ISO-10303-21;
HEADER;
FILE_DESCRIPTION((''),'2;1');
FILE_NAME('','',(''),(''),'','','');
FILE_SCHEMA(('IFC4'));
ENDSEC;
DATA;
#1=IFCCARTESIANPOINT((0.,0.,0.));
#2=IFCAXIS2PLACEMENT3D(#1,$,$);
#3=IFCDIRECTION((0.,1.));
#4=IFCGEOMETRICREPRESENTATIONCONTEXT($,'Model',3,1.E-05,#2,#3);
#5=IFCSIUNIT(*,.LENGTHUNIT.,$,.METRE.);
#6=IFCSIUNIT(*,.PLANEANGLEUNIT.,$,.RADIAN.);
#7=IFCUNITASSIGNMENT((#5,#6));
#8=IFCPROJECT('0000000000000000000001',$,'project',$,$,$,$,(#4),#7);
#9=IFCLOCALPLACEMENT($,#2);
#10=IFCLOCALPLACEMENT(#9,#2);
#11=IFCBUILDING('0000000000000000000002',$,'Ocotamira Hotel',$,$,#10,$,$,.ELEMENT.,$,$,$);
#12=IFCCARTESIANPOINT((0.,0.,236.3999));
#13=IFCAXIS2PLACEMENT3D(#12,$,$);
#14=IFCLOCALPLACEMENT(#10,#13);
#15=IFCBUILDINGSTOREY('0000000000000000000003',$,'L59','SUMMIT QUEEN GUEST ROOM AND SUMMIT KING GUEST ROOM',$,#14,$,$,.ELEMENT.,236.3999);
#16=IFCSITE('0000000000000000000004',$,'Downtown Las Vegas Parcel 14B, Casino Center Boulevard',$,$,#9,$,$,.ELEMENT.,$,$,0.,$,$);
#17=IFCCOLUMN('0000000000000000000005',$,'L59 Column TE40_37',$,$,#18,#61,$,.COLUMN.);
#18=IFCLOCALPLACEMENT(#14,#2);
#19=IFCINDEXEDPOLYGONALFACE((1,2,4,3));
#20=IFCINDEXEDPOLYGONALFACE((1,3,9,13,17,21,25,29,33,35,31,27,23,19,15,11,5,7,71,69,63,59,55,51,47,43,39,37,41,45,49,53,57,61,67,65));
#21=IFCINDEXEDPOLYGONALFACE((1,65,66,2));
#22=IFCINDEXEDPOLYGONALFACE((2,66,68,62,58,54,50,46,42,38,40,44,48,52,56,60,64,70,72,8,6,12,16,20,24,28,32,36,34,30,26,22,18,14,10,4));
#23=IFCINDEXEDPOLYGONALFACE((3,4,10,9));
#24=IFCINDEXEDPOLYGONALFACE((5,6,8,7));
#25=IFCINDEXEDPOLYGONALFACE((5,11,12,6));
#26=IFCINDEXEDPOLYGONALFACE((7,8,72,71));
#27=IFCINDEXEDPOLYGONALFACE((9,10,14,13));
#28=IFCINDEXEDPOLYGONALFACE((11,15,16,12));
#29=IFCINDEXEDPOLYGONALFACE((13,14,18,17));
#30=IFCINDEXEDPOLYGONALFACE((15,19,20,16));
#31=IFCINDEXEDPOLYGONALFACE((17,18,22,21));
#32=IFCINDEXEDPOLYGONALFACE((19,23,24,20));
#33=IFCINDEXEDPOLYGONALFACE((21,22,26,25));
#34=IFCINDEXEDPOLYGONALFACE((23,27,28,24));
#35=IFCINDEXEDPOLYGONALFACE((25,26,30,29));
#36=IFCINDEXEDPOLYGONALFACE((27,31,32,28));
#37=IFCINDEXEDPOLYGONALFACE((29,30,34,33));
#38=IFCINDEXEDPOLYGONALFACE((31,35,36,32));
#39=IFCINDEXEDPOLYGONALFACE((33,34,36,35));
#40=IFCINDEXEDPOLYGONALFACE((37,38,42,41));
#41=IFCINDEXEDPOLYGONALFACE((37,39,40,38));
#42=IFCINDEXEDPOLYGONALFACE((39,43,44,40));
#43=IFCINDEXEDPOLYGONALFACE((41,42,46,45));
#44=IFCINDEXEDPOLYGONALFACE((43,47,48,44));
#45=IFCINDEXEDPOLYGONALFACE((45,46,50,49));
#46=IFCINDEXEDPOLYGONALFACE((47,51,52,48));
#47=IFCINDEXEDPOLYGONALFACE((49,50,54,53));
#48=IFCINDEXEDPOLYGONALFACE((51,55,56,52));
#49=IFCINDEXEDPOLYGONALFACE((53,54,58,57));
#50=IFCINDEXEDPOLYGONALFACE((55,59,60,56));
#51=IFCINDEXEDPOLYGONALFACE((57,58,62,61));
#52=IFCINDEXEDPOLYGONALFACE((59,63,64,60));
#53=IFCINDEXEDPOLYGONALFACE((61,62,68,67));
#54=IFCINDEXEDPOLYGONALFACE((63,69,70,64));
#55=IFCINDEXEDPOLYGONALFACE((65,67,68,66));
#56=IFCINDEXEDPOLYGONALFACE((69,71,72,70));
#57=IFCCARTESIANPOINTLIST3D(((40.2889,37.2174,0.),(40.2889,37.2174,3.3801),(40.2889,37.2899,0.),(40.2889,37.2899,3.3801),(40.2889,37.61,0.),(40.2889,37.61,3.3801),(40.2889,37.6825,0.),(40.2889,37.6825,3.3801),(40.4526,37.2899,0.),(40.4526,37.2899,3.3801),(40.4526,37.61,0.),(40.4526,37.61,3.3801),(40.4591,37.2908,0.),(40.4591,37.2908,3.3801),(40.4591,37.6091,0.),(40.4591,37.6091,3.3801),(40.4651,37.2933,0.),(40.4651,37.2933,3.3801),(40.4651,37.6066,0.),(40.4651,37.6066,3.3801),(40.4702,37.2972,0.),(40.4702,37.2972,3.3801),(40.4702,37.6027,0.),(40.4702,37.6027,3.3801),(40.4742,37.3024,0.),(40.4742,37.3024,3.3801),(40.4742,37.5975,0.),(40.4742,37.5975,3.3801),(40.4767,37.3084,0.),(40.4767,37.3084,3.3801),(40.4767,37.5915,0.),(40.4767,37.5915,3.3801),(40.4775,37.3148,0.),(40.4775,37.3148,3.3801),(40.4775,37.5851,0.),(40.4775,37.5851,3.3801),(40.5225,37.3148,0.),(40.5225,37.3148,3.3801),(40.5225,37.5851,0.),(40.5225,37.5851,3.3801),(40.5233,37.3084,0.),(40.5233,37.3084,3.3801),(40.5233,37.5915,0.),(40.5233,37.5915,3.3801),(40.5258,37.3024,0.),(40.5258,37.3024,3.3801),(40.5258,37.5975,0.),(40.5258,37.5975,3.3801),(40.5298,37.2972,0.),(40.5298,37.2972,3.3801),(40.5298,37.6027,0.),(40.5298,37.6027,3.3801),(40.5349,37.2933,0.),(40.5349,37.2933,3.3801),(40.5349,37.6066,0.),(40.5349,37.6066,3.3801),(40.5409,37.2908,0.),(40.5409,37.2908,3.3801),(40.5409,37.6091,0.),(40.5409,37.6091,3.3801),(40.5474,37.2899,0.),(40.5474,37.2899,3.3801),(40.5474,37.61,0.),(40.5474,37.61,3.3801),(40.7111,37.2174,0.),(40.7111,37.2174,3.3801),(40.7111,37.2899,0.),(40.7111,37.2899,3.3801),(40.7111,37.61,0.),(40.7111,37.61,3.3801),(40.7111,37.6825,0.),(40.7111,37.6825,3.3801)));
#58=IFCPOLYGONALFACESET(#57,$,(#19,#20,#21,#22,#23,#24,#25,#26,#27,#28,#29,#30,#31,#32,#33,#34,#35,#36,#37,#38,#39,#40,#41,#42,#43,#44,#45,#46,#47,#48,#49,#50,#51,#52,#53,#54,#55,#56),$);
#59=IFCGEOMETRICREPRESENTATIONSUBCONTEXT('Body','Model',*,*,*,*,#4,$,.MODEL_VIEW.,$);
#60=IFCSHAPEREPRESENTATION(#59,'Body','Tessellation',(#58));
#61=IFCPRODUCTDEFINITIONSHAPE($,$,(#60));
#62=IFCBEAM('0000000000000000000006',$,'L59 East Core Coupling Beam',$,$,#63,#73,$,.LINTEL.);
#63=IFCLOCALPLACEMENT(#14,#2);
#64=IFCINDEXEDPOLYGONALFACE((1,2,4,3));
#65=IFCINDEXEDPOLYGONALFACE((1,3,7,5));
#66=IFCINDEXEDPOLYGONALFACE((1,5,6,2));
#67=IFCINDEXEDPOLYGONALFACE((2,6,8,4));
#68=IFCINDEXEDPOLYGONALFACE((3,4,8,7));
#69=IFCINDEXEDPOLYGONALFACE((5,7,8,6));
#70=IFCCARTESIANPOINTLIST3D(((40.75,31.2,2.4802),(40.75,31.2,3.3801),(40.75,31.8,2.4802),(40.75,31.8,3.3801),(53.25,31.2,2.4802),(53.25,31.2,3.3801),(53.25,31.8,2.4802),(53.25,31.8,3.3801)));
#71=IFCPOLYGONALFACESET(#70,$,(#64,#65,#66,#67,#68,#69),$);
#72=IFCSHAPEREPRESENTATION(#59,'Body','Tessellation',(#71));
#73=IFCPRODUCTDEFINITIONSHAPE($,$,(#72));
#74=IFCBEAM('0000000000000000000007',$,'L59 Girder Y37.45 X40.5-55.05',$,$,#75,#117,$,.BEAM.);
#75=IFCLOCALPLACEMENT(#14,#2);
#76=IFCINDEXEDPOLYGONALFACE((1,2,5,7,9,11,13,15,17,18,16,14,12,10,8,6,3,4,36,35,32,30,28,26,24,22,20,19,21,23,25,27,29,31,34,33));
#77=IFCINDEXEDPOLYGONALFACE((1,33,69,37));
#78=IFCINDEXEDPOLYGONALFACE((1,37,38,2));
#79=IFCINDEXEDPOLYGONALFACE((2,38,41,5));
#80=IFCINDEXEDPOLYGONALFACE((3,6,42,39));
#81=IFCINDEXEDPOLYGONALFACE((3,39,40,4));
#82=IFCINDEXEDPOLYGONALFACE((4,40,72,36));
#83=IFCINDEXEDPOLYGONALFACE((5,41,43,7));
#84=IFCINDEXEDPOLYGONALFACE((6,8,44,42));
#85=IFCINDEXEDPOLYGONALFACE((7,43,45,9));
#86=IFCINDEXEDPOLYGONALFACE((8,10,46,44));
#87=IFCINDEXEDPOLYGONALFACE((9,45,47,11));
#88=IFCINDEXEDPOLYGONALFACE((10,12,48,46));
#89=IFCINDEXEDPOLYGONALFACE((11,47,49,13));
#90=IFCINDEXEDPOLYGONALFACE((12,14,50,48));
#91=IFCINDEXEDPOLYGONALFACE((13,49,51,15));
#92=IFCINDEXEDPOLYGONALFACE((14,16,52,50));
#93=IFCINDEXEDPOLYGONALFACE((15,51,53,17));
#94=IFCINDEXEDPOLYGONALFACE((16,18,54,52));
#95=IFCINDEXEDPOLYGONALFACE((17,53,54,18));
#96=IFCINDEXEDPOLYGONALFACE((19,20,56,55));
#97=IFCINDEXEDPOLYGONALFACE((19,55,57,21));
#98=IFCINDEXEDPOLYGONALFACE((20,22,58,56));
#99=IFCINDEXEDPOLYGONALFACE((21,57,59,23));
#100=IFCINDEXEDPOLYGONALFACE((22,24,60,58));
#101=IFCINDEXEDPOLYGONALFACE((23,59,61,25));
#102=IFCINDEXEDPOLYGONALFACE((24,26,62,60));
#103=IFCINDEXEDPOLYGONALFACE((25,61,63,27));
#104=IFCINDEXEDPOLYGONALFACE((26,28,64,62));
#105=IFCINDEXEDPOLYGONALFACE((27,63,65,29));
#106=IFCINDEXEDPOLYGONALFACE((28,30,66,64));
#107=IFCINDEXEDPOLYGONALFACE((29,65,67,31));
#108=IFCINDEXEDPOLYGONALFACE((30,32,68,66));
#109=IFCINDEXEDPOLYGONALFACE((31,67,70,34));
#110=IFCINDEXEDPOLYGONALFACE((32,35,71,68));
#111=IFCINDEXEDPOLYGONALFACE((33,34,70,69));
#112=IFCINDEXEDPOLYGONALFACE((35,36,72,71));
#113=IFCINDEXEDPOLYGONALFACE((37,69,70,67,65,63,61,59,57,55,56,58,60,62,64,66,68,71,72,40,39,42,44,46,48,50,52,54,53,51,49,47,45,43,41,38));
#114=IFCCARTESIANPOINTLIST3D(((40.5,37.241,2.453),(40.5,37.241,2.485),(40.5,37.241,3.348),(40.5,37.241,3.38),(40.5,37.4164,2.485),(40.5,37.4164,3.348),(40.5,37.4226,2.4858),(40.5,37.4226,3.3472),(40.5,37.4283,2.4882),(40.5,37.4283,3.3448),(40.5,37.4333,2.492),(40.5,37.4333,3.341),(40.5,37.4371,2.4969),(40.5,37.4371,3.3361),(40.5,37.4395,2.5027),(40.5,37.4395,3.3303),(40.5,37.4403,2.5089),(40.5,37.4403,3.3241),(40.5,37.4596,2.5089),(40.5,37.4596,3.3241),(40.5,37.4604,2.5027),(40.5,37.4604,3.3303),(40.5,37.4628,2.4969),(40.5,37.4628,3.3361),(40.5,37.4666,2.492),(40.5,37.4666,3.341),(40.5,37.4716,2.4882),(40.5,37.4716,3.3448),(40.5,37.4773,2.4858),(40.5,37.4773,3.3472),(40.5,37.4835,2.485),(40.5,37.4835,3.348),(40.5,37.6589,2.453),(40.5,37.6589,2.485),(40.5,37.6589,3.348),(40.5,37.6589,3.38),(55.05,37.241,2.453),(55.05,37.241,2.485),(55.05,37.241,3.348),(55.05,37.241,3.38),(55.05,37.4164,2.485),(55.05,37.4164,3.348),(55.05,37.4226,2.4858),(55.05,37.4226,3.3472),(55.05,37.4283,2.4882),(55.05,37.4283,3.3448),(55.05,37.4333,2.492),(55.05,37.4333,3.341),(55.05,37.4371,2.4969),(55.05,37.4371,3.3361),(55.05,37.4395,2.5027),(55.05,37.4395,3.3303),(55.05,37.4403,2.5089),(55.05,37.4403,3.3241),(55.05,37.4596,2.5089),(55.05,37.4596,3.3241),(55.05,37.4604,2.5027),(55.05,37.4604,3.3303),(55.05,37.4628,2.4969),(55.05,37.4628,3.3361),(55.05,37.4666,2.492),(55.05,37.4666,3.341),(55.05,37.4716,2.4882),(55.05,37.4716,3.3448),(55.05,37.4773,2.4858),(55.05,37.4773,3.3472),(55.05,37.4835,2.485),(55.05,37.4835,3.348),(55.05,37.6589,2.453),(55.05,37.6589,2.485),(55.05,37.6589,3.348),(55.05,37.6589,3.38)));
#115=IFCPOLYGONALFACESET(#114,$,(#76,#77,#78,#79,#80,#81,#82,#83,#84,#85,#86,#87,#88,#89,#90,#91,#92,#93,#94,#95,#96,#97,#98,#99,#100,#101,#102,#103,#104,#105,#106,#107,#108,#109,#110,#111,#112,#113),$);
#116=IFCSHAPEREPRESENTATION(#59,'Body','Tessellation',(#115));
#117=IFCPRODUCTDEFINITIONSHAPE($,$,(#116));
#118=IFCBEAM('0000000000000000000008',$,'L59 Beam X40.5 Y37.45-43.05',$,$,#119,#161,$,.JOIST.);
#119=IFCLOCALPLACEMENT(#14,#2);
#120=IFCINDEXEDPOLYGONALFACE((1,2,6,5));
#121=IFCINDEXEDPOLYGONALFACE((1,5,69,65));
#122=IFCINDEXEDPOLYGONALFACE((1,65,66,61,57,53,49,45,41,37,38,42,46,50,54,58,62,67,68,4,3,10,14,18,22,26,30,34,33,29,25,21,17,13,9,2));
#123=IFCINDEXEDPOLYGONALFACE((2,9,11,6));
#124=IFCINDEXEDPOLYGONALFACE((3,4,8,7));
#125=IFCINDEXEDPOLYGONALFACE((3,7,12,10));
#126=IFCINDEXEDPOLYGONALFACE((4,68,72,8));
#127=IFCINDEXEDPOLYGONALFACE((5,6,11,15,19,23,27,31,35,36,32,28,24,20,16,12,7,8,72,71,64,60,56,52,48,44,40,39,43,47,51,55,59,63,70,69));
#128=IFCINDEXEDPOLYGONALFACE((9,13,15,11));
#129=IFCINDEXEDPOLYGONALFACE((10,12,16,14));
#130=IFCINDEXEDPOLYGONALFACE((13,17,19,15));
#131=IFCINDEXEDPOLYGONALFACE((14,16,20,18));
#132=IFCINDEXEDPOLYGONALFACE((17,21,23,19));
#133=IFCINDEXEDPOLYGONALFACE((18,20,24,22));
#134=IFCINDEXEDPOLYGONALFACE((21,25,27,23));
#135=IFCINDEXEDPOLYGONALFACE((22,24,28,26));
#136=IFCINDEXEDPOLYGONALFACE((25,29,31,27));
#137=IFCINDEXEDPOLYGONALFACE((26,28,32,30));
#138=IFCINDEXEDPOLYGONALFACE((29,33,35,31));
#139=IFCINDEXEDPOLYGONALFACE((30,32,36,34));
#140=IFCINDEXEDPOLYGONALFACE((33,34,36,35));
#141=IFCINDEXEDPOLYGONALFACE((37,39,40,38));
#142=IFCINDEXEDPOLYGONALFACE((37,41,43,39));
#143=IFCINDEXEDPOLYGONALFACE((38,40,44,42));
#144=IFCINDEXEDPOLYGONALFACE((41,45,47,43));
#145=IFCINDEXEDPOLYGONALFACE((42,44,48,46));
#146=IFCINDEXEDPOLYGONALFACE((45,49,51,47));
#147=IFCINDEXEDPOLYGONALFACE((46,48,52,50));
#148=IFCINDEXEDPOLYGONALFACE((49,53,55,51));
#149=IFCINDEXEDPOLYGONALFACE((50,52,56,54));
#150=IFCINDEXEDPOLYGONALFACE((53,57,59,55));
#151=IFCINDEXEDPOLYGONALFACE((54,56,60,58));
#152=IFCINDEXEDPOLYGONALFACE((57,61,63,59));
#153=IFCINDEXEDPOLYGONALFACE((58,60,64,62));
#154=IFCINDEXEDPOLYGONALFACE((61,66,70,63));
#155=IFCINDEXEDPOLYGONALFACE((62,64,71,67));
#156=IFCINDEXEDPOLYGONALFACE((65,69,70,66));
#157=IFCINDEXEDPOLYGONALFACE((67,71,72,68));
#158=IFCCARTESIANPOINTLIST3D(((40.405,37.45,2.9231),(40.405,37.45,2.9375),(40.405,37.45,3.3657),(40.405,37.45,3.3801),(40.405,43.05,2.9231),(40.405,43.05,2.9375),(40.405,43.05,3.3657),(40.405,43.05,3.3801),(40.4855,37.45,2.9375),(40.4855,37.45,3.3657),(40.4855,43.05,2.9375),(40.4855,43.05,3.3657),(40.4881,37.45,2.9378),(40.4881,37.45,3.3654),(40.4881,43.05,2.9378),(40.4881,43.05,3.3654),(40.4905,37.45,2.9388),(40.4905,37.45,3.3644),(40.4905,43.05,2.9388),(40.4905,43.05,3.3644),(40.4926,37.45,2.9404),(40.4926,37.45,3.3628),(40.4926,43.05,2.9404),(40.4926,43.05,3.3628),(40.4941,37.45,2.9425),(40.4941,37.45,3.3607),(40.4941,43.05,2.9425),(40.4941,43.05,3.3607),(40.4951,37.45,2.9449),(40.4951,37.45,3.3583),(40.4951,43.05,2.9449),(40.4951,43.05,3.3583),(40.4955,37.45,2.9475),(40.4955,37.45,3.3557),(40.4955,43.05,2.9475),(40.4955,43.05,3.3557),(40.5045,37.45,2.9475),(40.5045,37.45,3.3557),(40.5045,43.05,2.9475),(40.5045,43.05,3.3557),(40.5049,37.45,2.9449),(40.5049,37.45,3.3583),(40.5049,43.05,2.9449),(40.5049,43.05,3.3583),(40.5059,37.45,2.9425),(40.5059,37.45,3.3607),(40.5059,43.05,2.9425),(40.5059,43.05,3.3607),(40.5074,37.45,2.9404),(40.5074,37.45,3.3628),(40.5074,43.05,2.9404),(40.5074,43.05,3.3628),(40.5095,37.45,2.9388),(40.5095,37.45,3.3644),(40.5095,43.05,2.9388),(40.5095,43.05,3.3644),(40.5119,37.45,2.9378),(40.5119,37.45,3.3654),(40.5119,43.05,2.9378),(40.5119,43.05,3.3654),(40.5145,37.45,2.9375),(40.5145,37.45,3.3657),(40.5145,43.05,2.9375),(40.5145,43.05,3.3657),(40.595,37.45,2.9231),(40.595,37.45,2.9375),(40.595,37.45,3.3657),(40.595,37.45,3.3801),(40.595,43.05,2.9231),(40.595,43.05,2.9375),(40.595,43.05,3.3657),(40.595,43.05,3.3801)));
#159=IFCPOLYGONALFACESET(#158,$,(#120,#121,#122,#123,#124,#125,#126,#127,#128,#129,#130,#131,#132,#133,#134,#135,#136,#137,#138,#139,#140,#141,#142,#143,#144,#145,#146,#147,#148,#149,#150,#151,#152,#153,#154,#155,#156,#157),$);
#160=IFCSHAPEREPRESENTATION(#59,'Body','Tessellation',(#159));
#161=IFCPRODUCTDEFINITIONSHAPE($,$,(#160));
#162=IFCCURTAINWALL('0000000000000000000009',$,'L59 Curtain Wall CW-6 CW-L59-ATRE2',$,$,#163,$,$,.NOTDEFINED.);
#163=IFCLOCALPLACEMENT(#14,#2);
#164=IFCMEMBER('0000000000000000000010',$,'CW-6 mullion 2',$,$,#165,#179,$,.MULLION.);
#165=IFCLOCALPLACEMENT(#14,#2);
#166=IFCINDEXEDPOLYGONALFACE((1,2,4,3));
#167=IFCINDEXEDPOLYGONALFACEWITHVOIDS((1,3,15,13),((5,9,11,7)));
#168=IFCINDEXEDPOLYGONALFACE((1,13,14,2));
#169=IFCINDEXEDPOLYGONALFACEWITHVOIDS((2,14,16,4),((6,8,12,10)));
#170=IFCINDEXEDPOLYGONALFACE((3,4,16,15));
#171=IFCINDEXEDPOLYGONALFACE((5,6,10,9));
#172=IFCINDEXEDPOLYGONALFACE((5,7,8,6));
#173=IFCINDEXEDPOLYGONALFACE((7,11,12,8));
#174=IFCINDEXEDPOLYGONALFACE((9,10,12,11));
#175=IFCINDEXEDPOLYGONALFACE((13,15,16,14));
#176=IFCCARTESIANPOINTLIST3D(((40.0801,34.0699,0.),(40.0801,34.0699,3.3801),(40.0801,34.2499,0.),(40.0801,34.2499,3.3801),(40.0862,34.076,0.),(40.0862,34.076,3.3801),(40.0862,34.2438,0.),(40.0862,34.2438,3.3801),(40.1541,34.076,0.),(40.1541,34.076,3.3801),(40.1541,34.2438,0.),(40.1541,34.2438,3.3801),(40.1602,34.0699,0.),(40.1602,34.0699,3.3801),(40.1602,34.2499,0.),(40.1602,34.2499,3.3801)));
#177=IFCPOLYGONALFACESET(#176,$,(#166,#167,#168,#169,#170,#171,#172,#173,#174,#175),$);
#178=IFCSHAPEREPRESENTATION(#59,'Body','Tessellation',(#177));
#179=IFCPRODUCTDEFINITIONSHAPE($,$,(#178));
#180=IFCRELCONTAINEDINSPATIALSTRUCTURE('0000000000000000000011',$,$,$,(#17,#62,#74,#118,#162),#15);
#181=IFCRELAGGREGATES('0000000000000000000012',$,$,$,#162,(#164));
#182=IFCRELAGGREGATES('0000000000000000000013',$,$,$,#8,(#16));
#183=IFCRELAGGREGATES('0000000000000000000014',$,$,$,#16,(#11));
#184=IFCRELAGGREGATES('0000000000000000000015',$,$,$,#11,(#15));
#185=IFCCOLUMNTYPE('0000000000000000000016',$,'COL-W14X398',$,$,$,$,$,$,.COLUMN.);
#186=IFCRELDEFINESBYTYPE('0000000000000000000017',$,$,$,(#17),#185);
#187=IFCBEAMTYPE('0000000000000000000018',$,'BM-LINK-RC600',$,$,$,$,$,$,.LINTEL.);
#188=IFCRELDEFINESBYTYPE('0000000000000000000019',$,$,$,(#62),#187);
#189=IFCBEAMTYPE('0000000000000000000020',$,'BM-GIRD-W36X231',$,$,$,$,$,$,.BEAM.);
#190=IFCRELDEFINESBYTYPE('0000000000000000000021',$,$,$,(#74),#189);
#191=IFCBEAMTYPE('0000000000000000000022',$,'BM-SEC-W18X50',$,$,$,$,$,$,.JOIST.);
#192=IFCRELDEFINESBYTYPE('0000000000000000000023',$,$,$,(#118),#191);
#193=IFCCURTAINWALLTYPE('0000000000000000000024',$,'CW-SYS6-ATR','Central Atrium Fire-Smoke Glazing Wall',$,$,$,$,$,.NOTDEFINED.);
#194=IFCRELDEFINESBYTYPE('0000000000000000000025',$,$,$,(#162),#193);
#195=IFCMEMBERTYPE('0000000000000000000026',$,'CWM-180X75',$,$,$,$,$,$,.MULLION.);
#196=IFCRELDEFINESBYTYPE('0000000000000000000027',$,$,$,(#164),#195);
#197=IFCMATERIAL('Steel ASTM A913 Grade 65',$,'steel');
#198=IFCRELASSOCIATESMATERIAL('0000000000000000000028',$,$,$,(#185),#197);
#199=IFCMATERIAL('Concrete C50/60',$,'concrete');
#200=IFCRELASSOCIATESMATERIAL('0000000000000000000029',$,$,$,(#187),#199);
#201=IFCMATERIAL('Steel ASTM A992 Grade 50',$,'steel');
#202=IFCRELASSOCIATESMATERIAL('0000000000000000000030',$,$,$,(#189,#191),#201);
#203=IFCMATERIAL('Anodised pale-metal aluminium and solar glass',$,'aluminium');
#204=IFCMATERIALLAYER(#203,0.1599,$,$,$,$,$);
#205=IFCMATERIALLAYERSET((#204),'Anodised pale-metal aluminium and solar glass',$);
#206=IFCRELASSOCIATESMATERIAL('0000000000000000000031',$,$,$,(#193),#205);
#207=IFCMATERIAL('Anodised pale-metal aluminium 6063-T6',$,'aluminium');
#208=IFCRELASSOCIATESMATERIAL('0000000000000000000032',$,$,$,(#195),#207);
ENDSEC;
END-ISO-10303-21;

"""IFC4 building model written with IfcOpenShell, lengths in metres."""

from ifc_helpers import new_model, si_unit, direction, frame, origin, origin_2d, place, context, subcontext, project, spatial, rectangle, hollow_rectangle, i_section, extrude, source, transform, mapped, material, layer, layer_set, material_profile, profile_set, type_object, element, aggregate, save


model = new_model("IFC4")

# Units and contexts
model_context = context("Model", 3, precision=1e-05, world=origin(), true_north=direction((0.0, 1.0)))
body_context = subcontext(model_context, "Body", "Model", "MODEL_VIEW")
ifc_project = project(units=[si_unit("LENGTHUNIT", "METRE"), si_unit("PLANEANGLEUNIT", "RADIAN")], contexts=[model_context])

# Site, building, storey
site_placement = place(None, origin())
site = spatial("IfcSite", under=ifc_project, at=site_placement, Name="Downtown Las Vegas Parcel 14B, Casino Center Boulevard", CompositionType="ELEMENT", RefElevation=0.0)
building_placement = place(site_placement, origin())
building = spatial("IfcBuilding", under=site, at=building_placement, Name="Ocotamira Hotel", CompositionType="ELEMENT")
storey_placement = place(building_placement, frame((0.0, 0.0, 236.3999)))
storey = spatial("IfcBuildingStorey", under=building, at=storey_placement, Name="L59", Description="SUMMIT QUEEN GUEST ROOM AND SUMMIT KING GUEST ROOM", CompositionType="ELEMENT", Elevation=236.3999)

# Column
ifc_material_1 = material(Name="Steel ASTM A913 Grade 65", Category="steel")
ifc_material_profile_1 = material_profile(ifc_material_1, i_section(OverallWidth=0.4221, OverallDepth=0.4651, WebThickness=0.0449, FlangeThickness=0.0725, FilletRadius=0.0249, at=origin_2d()), Name="W14X398")
ifc_profile_set_1 = profile_set([ifc_material_profile_1], Name="Steel ASTM A913 Grade 65")
column_type = type_object("IfcColumnType", Name="COL-W14X398", PredefinedType="COLUMN", material=ifc_profile_set_1)
shared_shape_1 = source(origin(), body_context, "Body", "SweptSolid", [
    extrude(i_section(OverallWidth=0.4221, OverallDepth=0.4651, WebThickness=0.0449, FlangeThickness=0.0725, FilletRadius=0.0249, at=origin_2d()), origin(), (0.0, 0.0, 1.0), 3.3801),
])
column_placement = place(storey_placement, frame((40.5, 37.45, 0.0), z_axis=(0.0, 0.0, 1.0), x_axis=(1.0, 0.0, 0.0)))
element("IfcColumn", 1, at=column_placement, inside=storey, type_object=column_type, Name="L59 Column TE40_37", PredefinedType="COLUMN", context=body_context, shape_type="MappedRepresentation", body=[
    mapped(shared_shape_1, transform((0.0, 0.0, 0.0), scale=1.0)),
])

# Beams
ifc_material_2 = material(Name="Concrete C50/60", Category="concrete")
ifc_material_profile_2 = material_profile(ifc_material_2, rectangle(XDim=0.6001, YDim=0.8999, at=origin_2d()), Name="RC600X900")
ifc_profile_set_2 = profile_set([ifc_material_profile_2], Name="Concrete C50/60")
beam_type_1 = type_object("IfcBeamType", Name="BM-LINK-RC600", PredefinedType="LINTEL", material=ifc_profile_set_2)
shared_shape_2 = source(origin(), body_context, "Body", "SweptSolid", [
    extrude(rectangle(XDim=0.6001, YDim=0.8999, at=origin_2d()), origin(), (0.0, 0.0, 1.0), 12.5),
])
beam_1_placement = place(storey_placement, frame((40.75, 31.5, 2.9302), z_axis=(1.0, 0.0, 0.0), x_axis=(0.0, 1.0, 0.0)))
element("IfcBeam", 2, at=beam_1_placement, inside=storey, type_object=beam_type_1, Name="L59 East Core Coupling Beam", PredefinedType="LINTEL", context=body_context, shape_type="MappedRepresentation", body=[
    mapped(shared_shape_2, transform((0.0, 0.0, 0.0), scale=1.0)),
])
ifc_material_3 = material(Name="Steel ASTM A992 Grade 50", Category="steel")
ifc_material_profile_3 = material_profile(ifc_material_3, i_section(OverallWidth=0.418, OverallDepth=0.927, WebThickness=0.0193, FlangeThickness=0.032, FilletRadius=0.0239, at=origin_2d()), Name="W36X231")
ifc_profile_set_3 = profile_set([ifc_material_profile_3], Name="Steel ASTM A992 Grade 50")
beam_type_2 = type_object("IfcBeamType", Name="BM-GIRD-W36X231", PredefinedType="BEAM", material=ifc_profile_set_3)
shared_shape_3 = source(origin(), body_context, "Body", "SweptSolid", [
    extrude(i_section(OverallWidth=0.418, OverallDepth=0.927, WebThickness=0.0193, FlangeThickness=0.032, FilletRadius=0.0239, at=origin_2d()), origin(), (0.0, 0.0, 1.0), 14.55),
])
beam_2_placement = place(storey_placement, frame((40.5, 37.45, 2.9165), z_axis=(1.0, 0.0, 0.0), x_axis=(0.0, 1.0, 0.0)))
element("IfcBeam", 3, at=beam_2_placement, inside=storey, type_object=beam_type_2, Name="L59 Girder Y37.45 X40.5-55.05", PredefinedType="BEAM", context=body_context, shape_type="MappedRepresentation", body=[
    mapped(shared_shape_3, transform((0.0, 0.0, 0.0), scale=1.0)),
])
ifc_material_profile_4 = material_profile(ifc_material_3, i_section(OverallWidth=0.1899, OverallDepth=0.457, WebThickness=0.009, FlangeThickness=0.0144, FilletRadius=0.01, at=origin_2d()), Name="W18X50")
ifc_profile_set_4 = profile_set([ifc_material_profile_4], Name="Steel ASTM A992 Grade 50")
beam_type_3 = type_object("IfcBeamType", Name="BM-SEC-W18X50", PredefinedType="JOIST", material=ifc_profile_set_4)
shared_shape_4 = source(origin(), body_context, "Body", "SweptSolid", [
    extrude(i_section(OverallWidth=0.1899, OverallDepth=0.457, WebThickness=0.009, FlangeThickness=0.0144, FilletRadius=0.01, at=origin_2d()), origin(), (0.0, 0.0, 1.0), 5.6001),
])
beam_3_placement = place(storey_placement, frame((40.5, 37.45, 3.1516), z_axis=(0.0, 1.0, 0.0), x_axis=(-1.0, 0.0, 0.0)))
element("IfcBeam", 4, at=beam_3_placement, inside=storey, type_object=beam_type_3, Name="L59 Beam X40.5 Y37.45-43.05", PredefinedType="JOIST", context=body_context, shape_type="MappedRepresentation", body=[
    mapped(shared_shape_4, transform((0.0, 0.0, 0.0), scale=1.0)),
])

# Curtain wall, member
ifc_material_4 = material(Name="Anodised pale-metal aluminium and solar glass", Category="aluminium")
ifc_layer_1 = layer(ifc_material_4, 0.1599)
ifc_layer_set_1 = layer_set([ifc_layer_1], Name="Anodised pale-metal aluminium and solar glass")
curtain_wall_type = type_object("IfcCurtainWallType", Name="CW-SYS6-ATR", Description="Central Atrium Fire-Smoke Glazing Wall", PredefinedType="NOTDEFINED", material=ifc_layer_set_1)
curtain_wall_placement = place(storey_placement, origin())
curtain_wall = element("IfcCurtainWall", 5, at=curtain_wall_placement, inside=storey, type_object=curtain_wall_type, Name="L59 Curtain Wall CW-6 CW-L59-ATRE2", PredefinedType="NOTDEFINED")
ifc_material_5 = material(Name="Anodised pale-metal aluminium 6063-T6", Category="aluminium")
ifc_material_profile_5 = material_profile(ifc_material_5, hollow_rectangle(XDim=0.0801, YDim=0.1799, WallThickness=0.0061, at=origin_2d()), Name="HSS180X80X6")
ifc_profile_set_5 = profile_set([ifc_material_profile_5], Name="Anodised pale-metal aluminium 6063-T6")
member_type = type_object("IfcMemberType", Name="CWM-180X75", PredefinedType="MULLION", material=ifc_profile_set_5)
shared_shape_5 = source(origin(), body_context, "Body", "SweptSolid", [
    extrude(hollow_rectangle(XDim=0.0801, YDim=0.1799, WallThickness=0.0061, at=origin_2d()), origin(), (0.0, 0.0, 1.0), 3.3801),
])
member_placement = place(storey_placement, frame((40.1201, 34.1599, 0.0), z_axis=(0.0, 0.0, 1.0), x_axis=(-1.0, 0.0, 0.0)))
member = element("IfcMember", 6, at=member_placement, type_object=member_type, Name="CW-6 mullion 2", PredefinedType="MULLION", context=body_context, shape_type="MappedRepresentation", body=[
    mapped(shared_shape_5, transform((0.0, 0.0, 0.0), scale=1.0)),
])
aggregate(curtain_wall, [member])

save(model, "model.ifc")
